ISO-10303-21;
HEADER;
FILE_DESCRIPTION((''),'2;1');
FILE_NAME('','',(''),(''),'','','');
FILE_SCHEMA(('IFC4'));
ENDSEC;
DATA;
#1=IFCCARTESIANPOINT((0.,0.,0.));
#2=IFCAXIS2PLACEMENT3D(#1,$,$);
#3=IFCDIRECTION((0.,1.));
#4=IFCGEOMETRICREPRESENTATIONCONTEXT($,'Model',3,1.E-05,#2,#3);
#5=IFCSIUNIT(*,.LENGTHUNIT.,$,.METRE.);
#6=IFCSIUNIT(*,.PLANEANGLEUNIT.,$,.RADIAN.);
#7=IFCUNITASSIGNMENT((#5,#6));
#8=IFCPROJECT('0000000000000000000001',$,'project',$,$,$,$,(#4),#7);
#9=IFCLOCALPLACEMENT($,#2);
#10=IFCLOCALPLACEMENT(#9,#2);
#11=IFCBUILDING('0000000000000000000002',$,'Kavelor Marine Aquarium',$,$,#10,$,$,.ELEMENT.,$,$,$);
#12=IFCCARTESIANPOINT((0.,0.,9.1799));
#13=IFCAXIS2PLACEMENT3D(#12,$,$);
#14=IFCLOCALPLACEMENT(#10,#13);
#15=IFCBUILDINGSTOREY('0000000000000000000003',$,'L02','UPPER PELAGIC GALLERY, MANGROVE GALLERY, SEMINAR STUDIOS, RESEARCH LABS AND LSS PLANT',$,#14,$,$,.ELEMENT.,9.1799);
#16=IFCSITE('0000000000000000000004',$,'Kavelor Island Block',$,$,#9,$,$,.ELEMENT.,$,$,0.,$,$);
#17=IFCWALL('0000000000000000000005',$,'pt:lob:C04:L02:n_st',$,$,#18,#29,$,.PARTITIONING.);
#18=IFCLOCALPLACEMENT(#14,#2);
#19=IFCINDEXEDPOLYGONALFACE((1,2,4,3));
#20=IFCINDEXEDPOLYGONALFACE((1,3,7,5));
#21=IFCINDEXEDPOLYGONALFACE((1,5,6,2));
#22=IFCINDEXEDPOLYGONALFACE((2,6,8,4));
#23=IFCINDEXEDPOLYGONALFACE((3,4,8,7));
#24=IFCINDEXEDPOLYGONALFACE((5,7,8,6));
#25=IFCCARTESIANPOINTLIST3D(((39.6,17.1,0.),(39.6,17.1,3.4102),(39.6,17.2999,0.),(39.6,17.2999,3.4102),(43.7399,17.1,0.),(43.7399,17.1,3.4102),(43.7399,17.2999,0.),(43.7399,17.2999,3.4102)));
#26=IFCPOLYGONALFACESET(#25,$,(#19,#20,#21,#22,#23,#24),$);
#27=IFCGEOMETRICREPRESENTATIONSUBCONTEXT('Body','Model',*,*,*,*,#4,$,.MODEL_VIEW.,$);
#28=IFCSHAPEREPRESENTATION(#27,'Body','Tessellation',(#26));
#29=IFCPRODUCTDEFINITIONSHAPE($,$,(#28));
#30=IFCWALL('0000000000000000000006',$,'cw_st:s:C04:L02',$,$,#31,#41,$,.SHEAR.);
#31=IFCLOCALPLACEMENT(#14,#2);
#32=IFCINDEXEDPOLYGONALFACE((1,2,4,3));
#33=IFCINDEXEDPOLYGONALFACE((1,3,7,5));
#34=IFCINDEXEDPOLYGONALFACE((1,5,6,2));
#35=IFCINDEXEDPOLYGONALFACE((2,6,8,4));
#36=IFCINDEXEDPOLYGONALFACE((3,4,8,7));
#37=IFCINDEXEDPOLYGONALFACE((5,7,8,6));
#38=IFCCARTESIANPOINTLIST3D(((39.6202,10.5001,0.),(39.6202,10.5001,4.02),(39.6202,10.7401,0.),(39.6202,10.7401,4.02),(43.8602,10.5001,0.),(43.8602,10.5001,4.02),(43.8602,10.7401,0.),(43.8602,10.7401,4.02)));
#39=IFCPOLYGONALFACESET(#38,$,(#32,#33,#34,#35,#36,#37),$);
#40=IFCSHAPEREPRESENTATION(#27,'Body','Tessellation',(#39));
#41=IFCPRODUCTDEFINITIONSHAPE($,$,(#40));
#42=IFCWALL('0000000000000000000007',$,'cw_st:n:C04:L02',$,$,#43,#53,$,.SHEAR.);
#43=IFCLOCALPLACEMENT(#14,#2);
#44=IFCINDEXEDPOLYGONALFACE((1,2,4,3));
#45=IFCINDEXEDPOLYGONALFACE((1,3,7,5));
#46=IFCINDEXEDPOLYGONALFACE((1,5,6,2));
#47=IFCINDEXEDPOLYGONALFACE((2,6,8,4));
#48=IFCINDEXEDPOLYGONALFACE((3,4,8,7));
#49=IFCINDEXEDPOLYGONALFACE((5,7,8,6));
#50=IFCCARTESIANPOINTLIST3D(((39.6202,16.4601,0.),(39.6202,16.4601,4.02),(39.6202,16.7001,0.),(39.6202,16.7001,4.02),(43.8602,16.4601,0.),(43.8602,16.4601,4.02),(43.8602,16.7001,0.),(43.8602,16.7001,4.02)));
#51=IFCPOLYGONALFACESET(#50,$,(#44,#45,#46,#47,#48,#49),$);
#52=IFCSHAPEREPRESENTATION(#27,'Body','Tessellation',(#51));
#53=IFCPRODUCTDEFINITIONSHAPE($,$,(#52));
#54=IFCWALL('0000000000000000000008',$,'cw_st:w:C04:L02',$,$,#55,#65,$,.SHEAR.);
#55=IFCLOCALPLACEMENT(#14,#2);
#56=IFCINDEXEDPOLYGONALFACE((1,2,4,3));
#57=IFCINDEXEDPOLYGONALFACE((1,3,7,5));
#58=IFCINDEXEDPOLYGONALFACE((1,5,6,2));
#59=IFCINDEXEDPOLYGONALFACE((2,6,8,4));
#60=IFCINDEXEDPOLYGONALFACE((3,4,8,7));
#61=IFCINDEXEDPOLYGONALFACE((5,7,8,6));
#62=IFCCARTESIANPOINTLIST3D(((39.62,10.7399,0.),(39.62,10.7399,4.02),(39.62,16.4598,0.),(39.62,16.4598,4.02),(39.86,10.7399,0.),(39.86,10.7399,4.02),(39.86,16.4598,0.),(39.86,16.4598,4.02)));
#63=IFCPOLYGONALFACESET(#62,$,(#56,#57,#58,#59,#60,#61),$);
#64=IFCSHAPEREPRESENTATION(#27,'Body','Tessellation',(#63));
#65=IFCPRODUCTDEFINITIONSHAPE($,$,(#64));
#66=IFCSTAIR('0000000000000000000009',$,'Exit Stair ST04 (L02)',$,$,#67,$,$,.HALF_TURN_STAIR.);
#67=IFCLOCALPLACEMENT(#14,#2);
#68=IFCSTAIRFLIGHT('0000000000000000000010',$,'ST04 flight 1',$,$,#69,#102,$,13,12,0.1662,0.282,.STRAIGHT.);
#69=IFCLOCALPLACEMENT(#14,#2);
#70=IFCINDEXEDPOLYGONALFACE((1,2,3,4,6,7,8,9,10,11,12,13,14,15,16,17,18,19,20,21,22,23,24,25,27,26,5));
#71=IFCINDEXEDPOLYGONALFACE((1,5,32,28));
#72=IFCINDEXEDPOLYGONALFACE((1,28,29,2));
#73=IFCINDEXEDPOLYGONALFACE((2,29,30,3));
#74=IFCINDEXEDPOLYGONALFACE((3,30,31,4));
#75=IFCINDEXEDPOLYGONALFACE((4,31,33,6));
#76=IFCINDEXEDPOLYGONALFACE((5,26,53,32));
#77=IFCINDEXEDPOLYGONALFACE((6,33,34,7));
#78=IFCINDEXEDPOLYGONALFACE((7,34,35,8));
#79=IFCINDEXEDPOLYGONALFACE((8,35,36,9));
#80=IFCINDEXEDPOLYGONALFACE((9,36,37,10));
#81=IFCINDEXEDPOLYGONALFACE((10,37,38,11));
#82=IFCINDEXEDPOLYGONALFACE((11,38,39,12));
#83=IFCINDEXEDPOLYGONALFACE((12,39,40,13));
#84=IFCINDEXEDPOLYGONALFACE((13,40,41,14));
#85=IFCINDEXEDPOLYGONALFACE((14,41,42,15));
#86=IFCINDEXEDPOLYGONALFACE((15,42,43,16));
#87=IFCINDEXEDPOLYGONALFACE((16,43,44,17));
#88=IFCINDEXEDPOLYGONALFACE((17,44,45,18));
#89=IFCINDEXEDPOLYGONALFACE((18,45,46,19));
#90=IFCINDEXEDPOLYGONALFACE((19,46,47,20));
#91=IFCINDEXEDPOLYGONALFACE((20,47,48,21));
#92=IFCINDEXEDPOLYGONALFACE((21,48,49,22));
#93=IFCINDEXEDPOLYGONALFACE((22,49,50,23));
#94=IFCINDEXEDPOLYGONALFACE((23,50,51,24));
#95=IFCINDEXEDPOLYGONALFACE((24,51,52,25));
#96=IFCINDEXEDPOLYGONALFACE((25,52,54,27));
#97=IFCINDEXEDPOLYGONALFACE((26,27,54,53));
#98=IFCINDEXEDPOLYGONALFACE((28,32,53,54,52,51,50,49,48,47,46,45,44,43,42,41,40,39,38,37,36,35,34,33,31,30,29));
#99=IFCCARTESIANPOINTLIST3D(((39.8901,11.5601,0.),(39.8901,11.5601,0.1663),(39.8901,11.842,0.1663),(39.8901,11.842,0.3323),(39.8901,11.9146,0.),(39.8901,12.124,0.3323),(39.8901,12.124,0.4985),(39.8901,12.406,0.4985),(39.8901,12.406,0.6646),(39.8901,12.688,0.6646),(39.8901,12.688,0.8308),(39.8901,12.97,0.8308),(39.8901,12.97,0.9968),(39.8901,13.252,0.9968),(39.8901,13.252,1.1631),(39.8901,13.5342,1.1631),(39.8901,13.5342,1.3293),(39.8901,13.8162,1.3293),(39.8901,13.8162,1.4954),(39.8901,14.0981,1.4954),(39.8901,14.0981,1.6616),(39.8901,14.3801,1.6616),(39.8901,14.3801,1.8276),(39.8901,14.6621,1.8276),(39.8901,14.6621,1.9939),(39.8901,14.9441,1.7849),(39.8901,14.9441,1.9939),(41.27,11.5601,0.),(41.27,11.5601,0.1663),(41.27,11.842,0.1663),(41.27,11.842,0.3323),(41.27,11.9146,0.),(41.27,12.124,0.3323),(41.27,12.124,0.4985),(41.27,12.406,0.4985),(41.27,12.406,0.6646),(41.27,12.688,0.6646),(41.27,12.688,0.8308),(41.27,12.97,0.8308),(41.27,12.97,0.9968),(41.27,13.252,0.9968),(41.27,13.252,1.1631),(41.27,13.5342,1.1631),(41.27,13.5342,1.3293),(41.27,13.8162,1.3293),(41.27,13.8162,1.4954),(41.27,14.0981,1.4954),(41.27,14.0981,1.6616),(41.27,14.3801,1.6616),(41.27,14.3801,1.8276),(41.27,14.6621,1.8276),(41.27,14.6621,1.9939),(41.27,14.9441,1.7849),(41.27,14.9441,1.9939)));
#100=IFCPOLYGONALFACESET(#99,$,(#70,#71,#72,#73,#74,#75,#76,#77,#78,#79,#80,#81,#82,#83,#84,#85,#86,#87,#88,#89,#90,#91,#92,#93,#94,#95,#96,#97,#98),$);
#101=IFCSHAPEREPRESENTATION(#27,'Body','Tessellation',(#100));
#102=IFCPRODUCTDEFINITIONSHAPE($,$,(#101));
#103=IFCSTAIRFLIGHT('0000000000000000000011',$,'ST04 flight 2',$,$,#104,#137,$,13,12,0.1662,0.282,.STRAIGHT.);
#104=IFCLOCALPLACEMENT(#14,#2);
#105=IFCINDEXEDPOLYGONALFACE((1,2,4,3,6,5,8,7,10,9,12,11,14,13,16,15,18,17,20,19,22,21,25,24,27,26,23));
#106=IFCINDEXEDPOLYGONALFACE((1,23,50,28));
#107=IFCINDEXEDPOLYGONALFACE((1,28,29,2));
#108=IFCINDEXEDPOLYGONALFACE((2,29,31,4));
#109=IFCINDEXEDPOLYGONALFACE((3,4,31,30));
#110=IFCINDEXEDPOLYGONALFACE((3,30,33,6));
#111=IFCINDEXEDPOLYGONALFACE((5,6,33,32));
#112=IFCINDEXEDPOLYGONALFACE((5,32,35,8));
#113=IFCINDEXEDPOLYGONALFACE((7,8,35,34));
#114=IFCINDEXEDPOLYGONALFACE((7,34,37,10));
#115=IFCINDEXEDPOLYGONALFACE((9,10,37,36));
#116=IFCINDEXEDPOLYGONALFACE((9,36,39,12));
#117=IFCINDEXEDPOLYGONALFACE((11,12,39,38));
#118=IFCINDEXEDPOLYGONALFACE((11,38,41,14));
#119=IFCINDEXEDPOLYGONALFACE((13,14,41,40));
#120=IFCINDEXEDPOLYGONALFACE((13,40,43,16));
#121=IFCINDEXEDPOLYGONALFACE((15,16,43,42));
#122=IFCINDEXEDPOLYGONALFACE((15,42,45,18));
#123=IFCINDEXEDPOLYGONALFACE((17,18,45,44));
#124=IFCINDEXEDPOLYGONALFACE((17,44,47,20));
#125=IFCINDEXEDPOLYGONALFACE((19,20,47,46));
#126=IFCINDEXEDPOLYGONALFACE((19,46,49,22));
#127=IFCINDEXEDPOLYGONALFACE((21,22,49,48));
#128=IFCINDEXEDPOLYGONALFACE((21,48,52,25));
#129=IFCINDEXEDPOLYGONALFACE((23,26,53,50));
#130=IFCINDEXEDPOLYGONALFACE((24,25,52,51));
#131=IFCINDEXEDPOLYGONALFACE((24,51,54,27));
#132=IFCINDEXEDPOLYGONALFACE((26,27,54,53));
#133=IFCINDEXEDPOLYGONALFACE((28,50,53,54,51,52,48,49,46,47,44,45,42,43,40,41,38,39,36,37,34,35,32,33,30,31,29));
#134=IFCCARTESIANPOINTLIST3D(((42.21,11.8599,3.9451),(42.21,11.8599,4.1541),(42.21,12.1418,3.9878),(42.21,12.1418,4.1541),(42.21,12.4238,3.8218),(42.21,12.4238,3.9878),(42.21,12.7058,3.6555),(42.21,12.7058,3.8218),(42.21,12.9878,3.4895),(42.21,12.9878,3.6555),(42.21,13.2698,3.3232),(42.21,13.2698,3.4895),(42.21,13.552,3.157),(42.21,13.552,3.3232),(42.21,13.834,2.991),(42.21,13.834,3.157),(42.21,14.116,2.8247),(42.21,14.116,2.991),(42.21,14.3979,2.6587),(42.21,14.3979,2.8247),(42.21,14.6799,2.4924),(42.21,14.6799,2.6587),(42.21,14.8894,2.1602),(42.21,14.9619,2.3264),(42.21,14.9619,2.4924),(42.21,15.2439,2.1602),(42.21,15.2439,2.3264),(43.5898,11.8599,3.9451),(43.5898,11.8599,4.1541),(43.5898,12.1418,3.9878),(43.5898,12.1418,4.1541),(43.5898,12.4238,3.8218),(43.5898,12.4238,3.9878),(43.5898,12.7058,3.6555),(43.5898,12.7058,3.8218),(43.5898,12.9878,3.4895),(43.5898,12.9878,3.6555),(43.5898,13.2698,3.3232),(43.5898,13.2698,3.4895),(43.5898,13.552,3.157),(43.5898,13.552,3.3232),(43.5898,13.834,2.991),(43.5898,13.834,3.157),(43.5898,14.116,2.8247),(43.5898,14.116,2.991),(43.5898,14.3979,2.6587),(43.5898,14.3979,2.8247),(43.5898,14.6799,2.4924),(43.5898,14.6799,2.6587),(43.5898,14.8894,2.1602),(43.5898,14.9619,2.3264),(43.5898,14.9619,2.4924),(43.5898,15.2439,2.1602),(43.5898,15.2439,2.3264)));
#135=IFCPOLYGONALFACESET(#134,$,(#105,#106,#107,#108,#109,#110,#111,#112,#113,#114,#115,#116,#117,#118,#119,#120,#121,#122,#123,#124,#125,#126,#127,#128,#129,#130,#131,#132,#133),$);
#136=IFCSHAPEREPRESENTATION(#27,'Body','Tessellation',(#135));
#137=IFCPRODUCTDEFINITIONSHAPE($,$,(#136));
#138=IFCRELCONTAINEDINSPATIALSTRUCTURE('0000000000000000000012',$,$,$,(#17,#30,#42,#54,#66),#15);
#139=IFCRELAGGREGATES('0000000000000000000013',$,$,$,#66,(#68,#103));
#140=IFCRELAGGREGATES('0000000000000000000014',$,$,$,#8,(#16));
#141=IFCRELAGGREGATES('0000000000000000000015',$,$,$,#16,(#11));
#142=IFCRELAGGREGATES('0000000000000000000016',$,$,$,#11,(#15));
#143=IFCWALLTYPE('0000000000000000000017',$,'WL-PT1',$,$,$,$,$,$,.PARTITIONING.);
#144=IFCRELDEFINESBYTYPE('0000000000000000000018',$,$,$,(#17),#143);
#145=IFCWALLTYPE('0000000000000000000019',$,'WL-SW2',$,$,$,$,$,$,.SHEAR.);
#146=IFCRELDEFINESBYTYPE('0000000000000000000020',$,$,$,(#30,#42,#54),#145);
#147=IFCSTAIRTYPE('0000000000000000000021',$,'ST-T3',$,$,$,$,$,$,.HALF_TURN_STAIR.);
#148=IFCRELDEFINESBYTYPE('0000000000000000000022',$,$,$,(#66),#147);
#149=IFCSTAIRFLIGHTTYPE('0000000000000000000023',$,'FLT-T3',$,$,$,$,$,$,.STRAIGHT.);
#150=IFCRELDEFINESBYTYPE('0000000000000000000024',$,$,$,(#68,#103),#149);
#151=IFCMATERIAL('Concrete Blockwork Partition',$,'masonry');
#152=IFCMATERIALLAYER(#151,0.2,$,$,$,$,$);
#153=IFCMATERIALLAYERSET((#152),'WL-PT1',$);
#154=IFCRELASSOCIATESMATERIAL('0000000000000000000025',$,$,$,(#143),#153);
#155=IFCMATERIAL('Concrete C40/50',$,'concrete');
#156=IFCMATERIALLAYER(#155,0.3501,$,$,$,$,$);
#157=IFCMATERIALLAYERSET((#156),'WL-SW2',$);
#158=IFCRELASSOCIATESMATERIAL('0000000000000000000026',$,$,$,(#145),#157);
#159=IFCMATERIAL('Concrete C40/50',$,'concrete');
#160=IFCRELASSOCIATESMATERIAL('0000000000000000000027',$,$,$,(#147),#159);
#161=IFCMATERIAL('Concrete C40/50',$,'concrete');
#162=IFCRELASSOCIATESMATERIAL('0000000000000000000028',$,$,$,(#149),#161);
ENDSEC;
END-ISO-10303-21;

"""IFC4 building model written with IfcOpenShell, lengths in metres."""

from ifc_helpers import new_model, si_unit, direction, frame, frame_2d, origin, place, context, subcontext, project, spatial, polyline, rectangle, outline, extrude, material, layer, layer_set, type_object, element, aggregate, save


model = new_model("IFC4")

# Units and contexts
model_context = context("Model", 3, precision=1e-05, world=origin(), true_north=direction((0.0, 1.0)))
body_context = subcontext(model_context, "Body", "Model", "MODEL_VIEW")
ifc_project = project(units=[si_unit("LENGTHUNIT", "METRE"), si_unit("PLANEANGLEUNIT", "RADIAN")], contexts=[model_context])

# Site, building, storey
site_placement = place(None, origin())
site = spatial("IfcSite", under=ifc_project, at=site_placement, Name="Kavelor Island Block", CompositionType="ELEMENT", RefElevation=0.0)
building_placement = place(site_placement, origin())
building = spatial("IfcBuilding", under=site, at=building_placement, Name="Kavelor Marine Aquarium", CompositionType="ELEMENT")
storey_placement = place(building_placement, frame((0.0, 0.0, 9.1799)))
storey = spatial("IfcBuildingStorey", under=building, at=storey_placement, Name="L02", Description="UPPER PELAGIC GALLERY, MANGROVE GALLERY, SEMINAR STUDIOS, RESEARCH LABS AND LSS PLANT", CompositionType="ELEMENT", Elevation=9.1799)

# Walls
ifc_material_1 = material(Name="Concrete Blockwork Partition", Category="masonry")
ifc_layer_1 = layer(ifc_material_1, 0.2)
ifc_layer_set_1 = layer_set([ifc_layer_1], Name="WL-PT1")
wall_type_1 = type_object("IfcWallType", Name="WL-PT1", PredefinedType="PARTITIONING", material=ifc_layer_set_1)
wall_1_placement = place(storey_placement, frame((39.6001, 17.2, 0.0), z_axis=(0.0, 0.0, 1.0), x_axis=(1.0, 0.0, 0.0)))
element("IfcWall", 1, at=wall_1_placement, inside=storey, type_object=wall_type_1, Name="pt:lob:C04:L02:n_st", PredefinedType="PARTITIONING", context=body_context, shape_type="SweptSolid", body=[
    extrude(rectangle(XDim=4.1399, YDim=0.2, at=frame_2d((2.0698, 0.0))), origin(), (0.0, 0.0, 1.0), 3.4102),
])
ifc_material_2 = material(Name="Concrete C40/50", Category="concrete")
ifc_layer_2 = layer(ifc_material_2, 0.3501)
ifc_layer_set_2 = layer_set([ifc_layer_2], Name="WL-SW2")
wall_type_2 = type_object("IfcWallType", Name="WL-SW2", PredefinedType="SHEAR", material=ifc_layer_set_2)
for number, where, z_axis, x_axis, name in (
    (2, (39.6201, 10.6201, 0.0), (0.0, 0.0, 1.0), (1.0, 0.0, 0.0), "cw_st:s:C04:L02"),
    (3, (39.6201, 16.5801, 0.0), (0.0, 0.0, 1.0), (1.0, 0.0, 0.0), "cw_st:n:C04:L02"),
):
    element("IfcWall", number, at=place(storey_placement, frame(where, z_axis=z_axis, x_axis=x_axis)), inside=storey, type_object=wall_type_2, Name=name, PredefinedType="SHEAR", context=body_context, shape_type="SweptSolid", body=[
        extrude(rectangle(XDim=4.24, YDim=0.24, at=frame_2d((2.1201, 0.0))), origin(), (0.0, 0.0, 1.0), 4.02),
    ])
wall_2_placement = place(storey_placement, frame((39.74, 10.74, 0.0), z_axis=(0.0, 0.0, 1.0), x_axis=(0.0, 1.0, 0.0)))
element("IfcWall", 4, at=wall_2_placement, inside=storey, type_object=wall_type_2, Name="cw_st:w:C04:L02", PredefinedType="SHEAR", context=body_context, shape_type="SweptSolid", body=[
    extrude(rectangle(XDim=5.72, YDim=0.24, at=frame_2d((2.8599, 0.0))), origin(), (0.0, 0.0, 1.0), 4.02),
])

# Stair, stair flights
ifc_material_3 = material(Name="Concrete C40/50", Category="concrete")
stair_type = type_object("IfcStairType", Name="ST-T3", PredefinedType="HALF_TURN_STAIR", material=ifc_material_3)
stair_placement = place(storey_placement, origin())
stair = element("IfcStair", 5, at=stair_placement, inside=storey, type_object=stair_type, Name="Exit Stair ST04 (L02)", PredefinedType="HALF_TURN_STAIR")
ifc_material_4 = material(Name="Concrete C40/50", Category="concrete")
stair_flight_type = type_object("IfcStairFlightType", Name="FLT-T3", PredefinedType="STRAIGHT", material=ifc_material_4)
stair_flight_1_placement = place(storey_placement, frame((40.5801, 11.5601, 0.0), z_axis=(0.0, 0.0, 1.0), x_axis=(0.0, 1.0, 0.0)))
stair_flight_1 = element("IfcStairFlight", 6, at=stair_flight_1_placement, type_object=stair_flight_type, Name="ST04 flight 1", NumberOfRisers=13, NumberOfTreads=12, PredefinedType="STRAIGHT", RiserHeight=0.1662, TreadLength=0.282, context=body_context, shape_type="SweptSolid", body=[
    extrude(outline(polyline([(0.0, 0.0), (0.0, 0.1663), (0.282, 0.1663), (0.282, 0.3323), (0.564, 0.3323), (0.564, 0.4985), (0.8459, 0.4985), (0.8459, 0.6646), (1.1279, 0.6646), (1.1279, 0.8308), (1.4099, 0.8308), (1.4099, 0.9968), (1.6919, 0.9968), (1.6919, 1.1631), (1.9741, 1.1631), (1.9741, 1.3293), (2.2561, 1.3293), (2.2561, 1.4954), (2.5381, 1.4954), (2.5381, 1.6616), (2.8201, 1.6616), (2.8201, 1.8276), (3.1021, 1.8276), (3.1021, 1.9939), (3.384, 1.9939), (3.384, 2.1599), (3.384, 1.7849), (0.3545, 0.0), (0.0, 0.0)])), frame((0.0, 0.6899, 0.0), z_axis=(0.0, -1.0, 0.0), x_axis=(1.0, 0.0, 0.0)), (0.0, 0.0, 1.0), 1.3799),
])
stair_flight_2_placement = place(storey_placement, frame((42.8999, 15.2439, 2.1602), z_axis=(0.0, 0.0, 1.0), x_axis=(0.0, -1.0, 0.0)))
stair_flight_2 = element("IfcStairFlight", 7, at=stair_flight_2_placement, type_object=stair_flight_type, Name="ST04 flight 2", NumberOfRisers=13, NumberOfTreads=12, PredefinedType="STRAIGHT", RiserHeight=0.1662, TreadLength=0.282, context=body_context, shape_type="SweptSolid", body=[
    extrude(outline(polyline([(0.0, 0.0), (0.0, 0.1663), (0.282, 0.1663), (0.282, 0.3323), (0.564, 0.3323), (0.564, 0.4985), (0.8459, 0.4985), (0.8459, 0.6646), (1.1279, 0.6646), (1.1279, 0.8308), (1.4099, 0.8308), (1.4099, 0.9968), (1.6919, 0.9968), (1.6919, 1.1631), (1.9741, 1.1631), (1.9741, 1.3293), (2.2561, 1.3293), (2.2561, 1.4954), (2.5381, 1.4954), (2.5381, 1.6616), (2.8201, 1.6616), (2.8201, 1.8276), (3.1021, 1.8276), (3.1021, 1.9939), (3.384, 1.9939), (3.384, 2.1599), (3.384, 1.7849), (0.3545, 0.0), (0.0, 0.0)])), frame((0.0, 0.6899, 0.0), z_axis=(0.0, -1.0, 0.0), x_axis=(1.0, 0.0, 0.0)), (0.0, 0.0, 1.0), 1.3799),
])
aggregate(stair, [stair_flight_1, stair_flight_2])

save(model, "model.ifc")
